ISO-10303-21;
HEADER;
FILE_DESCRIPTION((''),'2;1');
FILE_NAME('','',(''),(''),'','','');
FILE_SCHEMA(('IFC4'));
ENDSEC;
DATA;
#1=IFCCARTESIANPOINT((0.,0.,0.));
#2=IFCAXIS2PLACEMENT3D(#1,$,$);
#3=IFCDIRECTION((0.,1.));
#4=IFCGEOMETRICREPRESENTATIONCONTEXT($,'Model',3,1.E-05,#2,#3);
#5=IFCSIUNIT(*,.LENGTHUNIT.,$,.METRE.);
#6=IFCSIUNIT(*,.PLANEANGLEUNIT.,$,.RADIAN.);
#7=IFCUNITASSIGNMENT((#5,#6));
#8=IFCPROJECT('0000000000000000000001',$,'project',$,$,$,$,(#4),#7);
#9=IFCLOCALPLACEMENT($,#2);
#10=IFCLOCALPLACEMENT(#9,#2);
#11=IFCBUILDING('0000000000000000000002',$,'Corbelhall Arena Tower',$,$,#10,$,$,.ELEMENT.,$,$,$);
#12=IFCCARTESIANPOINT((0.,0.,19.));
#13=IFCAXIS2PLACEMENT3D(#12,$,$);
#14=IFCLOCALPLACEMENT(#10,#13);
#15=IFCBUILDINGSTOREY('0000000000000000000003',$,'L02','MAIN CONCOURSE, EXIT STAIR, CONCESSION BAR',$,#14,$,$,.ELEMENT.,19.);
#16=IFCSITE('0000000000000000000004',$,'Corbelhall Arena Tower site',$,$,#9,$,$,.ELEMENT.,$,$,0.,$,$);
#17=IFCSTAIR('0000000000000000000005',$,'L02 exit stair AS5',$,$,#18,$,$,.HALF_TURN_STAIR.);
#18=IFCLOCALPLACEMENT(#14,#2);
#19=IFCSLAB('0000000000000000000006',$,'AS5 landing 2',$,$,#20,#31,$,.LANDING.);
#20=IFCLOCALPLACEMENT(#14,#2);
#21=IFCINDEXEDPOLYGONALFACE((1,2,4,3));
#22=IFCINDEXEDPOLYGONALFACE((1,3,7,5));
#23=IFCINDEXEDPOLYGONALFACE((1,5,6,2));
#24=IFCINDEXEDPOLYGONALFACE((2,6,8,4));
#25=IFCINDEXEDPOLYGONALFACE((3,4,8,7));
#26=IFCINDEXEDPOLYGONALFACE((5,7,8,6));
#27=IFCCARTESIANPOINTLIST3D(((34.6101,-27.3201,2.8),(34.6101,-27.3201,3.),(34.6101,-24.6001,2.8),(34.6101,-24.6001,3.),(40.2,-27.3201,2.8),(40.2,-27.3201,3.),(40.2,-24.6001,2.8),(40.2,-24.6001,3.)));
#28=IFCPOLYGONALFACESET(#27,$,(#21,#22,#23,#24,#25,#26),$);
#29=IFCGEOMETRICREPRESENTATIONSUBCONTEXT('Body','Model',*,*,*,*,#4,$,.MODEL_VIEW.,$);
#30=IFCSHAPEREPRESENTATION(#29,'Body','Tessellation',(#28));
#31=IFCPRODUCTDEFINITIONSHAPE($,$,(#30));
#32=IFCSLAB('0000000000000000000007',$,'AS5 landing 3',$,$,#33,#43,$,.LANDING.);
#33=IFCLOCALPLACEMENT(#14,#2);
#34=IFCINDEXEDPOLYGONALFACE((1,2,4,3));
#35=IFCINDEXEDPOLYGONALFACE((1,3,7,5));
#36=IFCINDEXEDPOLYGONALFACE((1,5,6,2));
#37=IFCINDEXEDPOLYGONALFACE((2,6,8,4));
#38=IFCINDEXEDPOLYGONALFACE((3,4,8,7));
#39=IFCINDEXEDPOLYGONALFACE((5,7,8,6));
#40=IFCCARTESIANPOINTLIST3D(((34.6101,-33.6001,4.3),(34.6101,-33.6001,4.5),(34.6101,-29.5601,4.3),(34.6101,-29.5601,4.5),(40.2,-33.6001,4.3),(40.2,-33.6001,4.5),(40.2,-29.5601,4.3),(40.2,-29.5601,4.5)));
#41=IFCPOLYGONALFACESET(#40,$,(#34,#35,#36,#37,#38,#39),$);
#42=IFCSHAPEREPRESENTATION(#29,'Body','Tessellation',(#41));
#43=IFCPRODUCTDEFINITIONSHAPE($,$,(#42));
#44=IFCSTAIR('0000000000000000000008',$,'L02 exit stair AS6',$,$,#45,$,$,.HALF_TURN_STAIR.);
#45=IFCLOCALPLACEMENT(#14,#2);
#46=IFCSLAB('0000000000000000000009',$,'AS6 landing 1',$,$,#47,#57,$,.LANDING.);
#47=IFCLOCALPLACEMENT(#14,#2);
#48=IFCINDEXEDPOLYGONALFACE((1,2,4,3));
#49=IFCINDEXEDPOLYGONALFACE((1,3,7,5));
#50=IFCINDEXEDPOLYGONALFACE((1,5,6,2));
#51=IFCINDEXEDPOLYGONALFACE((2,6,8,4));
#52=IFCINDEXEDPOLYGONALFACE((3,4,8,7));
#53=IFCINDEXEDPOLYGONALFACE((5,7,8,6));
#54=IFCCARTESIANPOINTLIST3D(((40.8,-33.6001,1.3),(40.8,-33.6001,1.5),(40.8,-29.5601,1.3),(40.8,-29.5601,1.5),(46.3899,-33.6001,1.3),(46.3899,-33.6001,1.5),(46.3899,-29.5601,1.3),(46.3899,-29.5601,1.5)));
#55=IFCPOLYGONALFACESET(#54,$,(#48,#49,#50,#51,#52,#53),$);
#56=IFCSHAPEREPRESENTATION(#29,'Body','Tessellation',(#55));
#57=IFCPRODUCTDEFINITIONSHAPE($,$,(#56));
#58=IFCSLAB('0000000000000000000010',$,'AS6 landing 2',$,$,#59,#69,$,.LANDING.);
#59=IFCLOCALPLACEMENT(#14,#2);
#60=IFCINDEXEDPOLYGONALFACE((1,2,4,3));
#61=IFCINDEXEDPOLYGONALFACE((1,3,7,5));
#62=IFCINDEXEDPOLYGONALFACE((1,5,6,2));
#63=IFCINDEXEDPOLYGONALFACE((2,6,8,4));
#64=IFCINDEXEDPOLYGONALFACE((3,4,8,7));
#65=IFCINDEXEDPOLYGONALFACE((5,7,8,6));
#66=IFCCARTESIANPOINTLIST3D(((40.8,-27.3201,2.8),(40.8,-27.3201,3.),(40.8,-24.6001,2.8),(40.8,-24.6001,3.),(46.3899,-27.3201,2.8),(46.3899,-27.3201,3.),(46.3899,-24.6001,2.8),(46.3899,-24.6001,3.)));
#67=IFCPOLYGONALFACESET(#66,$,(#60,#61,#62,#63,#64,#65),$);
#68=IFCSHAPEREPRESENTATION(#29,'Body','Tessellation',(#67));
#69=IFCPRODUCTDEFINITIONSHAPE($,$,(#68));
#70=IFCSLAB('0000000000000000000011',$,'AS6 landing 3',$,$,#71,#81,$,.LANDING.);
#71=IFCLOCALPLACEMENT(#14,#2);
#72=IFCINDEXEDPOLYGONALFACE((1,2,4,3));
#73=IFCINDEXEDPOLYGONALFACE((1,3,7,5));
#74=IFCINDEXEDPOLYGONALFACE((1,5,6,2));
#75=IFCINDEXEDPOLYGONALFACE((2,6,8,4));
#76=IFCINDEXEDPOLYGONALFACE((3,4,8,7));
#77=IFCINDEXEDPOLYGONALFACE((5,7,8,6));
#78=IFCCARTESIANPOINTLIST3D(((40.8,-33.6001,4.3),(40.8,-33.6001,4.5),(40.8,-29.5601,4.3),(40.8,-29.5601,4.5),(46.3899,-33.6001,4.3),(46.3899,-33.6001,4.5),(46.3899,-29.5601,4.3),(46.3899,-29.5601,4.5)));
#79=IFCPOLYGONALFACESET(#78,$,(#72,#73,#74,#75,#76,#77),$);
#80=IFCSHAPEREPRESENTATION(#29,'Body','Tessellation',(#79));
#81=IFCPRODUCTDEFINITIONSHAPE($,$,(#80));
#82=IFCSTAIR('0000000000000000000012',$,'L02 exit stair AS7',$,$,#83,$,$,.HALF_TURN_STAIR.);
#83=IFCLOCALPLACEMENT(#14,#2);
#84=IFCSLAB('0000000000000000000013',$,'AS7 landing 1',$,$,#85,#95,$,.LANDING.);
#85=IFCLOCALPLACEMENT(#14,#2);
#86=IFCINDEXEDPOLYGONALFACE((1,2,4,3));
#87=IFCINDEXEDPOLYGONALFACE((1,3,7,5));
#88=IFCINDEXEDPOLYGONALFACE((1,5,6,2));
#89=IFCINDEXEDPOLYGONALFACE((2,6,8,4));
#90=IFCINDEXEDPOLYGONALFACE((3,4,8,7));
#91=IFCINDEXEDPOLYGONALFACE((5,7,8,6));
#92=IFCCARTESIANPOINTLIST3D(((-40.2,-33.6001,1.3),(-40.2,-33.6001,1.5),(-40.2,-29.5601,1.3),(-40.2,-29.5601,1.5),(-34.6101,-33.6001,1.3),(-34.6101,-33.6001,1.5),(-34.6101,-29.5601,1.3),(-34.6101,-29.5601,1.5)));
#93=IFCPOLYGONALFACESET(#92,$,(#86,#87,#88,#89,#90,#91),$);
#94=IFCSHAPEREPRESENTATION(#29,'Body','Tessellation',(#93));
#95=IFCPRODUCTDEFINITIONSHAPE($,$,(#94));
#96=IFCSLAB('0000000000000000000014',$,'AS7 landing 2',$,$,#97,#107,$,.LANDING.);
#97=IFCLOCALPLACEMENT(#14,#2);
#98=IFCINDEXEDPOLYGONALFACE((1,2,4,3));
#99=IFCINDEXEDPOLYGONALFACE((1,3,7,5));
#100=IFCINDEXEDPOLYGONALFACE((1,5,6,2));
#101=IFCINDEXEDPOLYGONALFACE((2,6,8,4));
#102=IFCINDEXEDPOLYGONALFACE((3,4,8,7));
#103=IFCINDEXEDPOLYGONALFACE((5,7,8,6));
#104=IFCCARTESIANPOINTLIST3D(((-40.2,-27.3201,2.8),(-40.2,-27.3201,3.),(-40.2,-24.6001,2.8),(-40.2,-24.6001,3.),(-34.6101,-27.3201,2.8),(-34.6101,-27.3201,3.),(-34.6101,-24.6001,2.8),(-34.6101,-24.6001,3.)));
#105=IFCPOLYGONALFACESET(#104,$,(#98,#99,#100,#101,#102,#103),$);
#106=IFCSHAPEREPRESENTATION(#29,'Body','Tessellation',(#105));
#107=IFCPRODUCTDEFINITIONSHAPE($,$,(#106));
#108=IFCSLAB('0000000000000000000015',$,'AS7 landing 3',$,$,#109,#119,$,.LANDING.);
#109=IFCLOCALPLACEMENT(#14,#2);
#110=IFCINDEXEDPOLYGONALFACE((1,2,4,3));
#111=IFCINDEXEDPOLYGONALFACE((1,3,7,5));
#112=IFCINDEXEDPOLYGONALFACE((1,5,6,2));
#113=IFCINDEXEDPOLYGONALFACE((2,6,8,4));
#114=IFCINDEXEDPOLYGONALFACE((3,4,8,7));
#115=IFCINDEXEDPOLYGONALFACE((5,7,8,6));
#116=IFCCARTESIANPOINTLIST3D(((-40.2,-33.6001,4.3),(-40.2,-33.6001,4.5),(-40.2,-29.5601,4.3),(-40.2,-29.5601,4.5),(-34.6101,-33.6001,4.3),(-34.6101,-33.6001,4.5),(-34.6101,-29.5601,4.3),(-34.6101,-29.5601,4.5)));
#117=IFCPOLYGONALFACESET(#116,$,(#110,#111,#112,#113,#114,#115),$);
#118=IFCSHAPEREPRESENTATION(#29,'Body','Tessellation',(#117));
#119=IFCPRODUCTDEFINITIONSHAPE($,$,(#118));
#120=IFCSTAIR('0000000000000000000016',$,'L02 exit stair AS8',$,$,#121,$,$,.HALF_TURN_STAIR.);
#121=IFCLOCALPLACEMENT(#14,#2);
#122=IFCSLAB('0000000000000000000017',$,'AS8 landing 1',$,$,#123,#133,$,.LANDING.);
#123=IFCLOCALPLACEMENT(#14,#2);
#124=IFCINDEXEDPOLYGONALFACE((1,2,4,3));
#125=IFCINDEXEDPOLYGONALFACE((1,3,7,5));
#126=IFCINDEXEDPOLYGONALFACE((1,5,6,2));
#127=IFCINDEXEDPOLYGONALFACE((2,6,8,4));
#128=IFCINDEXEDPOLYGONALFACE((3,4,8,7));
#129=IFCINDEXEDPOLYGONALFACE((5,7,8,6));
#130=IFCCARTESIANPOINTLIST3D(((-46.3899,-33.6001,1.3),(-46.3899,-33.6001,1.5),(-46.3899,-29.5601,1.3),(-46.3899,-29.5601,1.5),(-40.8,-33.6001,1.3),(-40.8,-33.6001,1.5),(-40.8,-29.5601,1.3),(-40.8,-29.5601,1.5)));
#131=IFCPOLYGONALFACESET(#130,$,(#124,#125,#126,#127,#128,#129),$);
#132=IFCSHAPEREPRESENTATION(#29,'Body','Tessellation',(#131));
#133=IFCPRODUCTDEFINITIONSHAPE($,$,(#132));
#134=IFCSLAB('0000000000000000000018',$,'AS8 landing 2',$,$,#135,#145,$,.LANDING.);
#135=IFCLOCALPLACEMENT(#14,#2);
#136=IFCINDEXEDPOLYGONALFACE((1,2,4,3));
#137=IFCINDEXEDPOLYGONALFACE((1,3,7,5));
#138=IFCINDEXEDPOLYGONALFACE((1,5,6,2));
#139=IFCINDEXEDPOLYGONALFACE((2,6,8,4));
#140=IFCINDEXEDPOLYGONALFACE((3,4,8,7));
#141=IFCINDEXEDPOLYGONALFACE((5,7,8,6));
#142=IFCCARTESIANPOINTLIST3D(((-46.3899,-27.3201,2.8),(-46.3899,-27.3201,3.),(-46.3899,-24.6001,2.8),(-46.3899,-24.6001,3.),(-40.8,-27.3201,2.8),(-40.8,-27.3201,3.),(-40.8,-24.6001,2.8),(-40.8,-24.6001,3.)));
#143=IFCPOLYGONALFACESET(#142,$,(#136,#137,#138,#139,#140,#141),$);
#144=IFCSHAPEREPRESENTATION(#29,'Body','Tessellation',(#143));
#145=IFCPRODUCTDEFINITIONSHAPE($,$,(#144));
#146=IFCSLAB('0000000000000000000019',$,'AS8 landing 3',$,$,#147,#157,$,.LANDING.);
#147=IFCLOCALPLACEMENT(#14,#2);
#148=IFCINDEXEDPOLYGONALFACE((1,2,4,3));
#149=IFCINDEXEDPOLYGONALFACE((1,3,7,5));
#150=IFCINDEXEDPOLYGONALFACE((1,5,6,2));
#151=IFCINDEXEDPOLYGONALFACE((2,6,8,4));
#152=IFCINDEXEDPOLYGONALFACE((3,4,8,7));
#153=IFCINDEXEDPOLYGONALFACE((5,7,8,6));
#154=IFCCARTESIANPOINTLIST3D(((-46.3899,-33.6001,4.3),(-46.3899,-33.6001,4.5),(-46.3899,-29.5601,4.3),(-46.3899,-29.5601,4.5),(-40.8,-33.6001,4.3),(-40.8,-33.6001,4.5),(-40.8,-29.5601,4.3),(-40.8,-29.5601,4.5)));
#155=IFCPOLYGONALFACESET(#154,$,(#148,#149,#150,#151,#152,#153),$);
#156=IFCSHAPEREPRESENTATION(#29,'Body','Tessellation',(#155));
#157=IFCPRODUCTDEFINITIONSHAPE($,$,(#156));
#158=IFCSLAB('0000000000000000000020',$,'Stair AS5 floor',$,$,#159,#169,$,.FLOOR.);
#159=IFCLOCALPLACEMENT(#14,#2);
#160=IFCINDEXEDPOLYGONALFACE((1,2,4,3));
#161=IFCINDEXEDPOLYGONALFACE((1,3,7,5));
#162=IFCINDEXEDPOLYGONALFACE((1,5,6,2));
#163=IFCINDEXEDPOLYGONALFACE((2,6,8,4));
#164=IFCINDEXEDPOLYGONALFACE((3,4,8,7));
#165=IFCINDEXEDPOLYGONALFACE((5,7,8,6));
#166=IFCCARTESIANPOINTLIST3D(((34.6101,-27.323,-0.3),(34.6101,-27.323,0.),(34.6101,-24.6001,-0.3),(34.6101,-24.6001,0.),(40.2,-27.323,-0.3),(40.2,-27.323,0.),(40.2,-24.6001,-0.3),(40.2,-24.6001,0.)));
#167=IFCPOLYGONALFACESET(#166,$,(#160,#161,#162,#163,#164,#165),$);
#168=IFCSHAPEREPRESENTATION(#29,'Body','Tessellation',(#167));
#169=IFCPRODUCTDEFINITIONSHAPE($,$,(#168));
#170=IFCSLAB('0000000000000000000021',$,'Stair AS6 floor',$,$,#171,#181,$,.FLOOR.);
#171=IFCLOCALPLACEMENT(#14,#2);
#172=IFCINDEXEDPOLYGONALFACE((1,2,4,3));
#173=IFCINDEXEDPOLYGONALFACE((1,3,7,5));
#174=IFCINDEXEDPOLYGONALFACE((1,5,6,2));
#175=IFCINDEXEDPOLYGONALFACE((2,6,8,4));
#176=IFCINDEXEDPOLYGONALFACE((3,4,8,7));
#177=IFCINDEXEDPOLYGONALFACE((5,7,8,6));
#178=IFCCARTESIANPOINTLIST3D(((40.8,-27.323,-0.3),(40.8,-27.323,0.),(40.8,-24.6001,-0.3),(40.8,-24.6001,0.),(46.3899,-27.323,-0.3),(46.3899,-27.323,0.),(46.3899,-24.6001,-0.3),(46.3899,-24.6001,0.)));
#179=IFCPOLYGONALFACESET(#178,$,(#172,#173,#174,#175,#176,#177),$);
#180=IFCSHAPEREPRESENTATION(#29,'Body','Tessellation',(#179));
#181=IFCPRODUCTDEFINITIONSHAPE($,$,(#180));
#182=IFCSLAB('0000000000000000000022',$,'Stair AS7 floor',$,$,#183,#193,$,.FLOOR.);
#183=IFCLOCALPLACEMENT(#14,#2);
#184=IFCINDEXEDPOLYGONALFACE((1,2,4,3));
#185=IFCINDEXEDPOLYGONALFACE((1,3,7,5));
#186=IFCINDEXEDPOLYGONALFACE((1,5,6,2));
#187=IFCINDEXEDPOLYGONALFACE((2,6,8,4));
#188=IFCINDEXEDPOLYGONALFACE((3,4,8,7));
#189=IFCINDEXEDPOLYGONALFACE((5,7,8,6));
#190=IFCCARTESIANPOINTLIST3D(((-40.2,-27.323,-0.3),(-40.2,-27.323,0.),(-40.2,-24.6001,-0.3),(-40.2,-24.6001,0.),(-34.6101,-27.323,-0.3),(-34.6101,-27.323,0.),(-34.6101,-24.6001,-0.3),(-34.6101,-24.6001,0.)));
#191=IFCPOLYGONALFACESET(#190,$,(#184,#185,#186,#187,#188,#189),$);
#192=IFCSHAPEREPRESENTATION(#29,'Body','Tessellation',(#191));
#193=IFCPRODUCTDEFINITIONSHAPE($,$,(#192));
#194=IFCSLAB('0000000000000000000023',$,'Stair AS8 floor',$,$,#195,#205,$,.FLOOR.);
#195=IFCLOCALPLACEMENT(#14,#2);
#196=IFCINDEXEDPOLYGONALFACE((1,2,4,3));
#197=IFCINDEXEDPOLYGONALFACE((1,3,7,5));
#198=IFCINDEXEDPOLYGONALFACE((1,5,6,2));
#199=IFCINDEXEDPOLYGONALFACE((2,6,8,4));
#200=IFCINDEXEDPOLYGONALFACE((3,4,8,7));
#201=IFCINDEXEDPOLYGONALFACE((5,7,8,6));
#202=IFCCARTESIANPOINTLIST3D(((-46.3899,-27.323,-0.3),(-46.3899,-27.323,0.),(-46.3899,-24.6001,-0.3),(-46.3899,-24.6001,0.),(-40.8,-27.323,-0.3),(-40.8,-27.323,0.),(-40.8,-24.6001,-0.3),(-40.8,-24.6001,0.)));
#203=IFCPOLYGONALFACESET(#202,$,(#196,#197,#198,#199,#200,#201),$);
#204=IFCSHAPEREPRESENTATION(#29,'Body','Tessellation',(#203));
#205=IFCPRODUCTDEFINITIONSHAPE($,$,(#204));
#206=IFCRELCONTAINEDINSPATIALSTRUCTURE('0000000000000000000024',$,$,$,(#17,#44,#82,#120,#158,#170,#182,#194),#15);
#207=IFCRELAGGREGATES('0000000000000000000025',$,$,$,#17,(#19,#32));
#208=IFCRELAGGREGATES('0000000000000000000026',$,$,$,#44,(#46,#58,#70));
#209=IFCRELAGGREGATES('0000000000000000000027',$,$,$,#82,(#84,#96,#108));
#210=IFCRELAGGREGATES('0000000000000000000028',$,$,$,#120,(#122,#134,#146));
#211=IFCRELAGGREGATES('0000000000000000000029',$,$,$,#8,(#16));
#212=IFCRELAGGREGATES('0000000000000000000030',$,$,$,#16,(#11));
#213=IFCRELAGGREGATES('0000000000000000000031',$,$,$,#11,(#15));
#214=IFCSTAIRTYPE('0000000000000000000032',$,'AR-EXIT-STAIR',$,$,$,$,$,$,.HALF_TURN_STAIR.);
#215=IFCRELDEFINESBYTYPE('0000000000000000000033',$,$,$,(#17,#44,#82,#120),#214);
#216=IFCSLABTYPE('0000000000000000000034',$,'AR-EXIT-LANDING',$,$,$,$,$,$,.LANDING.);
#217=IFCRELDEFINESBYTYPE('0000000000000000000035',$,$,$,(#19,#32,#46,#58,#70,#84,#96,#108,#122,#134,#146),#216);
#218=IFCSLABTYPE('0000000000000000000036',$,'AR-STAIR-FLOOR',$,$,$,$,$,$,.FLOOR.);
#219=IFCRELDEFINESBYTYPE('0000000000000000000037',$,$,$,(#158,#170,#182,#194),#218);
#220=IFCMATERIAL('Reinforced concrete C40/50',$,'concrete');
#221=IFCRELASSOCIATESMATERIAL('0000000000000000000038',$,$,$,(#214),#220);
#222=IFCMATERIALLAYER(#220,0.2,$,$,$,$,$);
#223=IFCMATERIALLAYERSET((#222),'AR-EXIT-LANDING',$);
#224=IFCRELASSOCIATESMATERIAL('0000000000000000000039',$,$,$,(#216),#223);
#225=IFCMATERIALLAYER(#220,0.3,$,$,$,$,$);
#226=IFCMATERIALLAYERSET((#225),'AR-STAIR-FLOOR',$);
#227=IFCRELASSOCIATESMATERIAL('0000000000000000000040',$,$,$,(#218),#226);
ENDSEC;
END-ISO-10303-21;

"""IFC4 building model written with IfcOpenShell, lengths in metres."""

from ifc_helpers import new_model, si_unit, direction, frame, origin, place, context, subcontext, project, spatial, polyline, outline, extrude, material, layer, layer_set, type_object, element, aggregate, save


model = new_model("IFC4")

# Units and contexts
model_context = context("Model", 3, precision=1e-05, world=origin(), true_north=direction((0.0, 1.0)))
body_context = subcontext(model_context, "Body", "Model", "MODEL_VIEW")
ifc_project = project(units=[si_unit("LENGTHUNIT", "METRE"), si_unit("PLANEANGLEUNIT", "RADIAN")], contexts=[model_context])

# Site, building, storey
site_placement = place(None, origin())
site = spatial("IfcSite", under=ifc_project, at=site_placement, Name="Corbelhall Arena Tower site", CompositionType="ELEMENT", RefElevation=0.0)
building_placement = place(site_placement, origin())
building = spatial("IfcBuilding", under=site, at=building_placement, Name="Corbelhall Arena Tower", CompositionType="ELEMENT")
storey_placement = place(building_placement, frame((0.0, 0.0, 19.0)))
storey = spatial("IfcBuildingStorey", under=building, at=storey_placement, Name="L02", Description="MAIN CONCOURSE, EXIT STAIR, CONCESSION BAR", CompositionType="ELEMENT", Elevation=19.0)

# Stairs, slabs
ifc_material = material(Name="Reinforced concrete C40/50", Category="concrete")
stair_type = type_object("IfcStairType", Name="AR-EXIT-STAIR", PredefinedType="HALF_TURN_STAIR", material=ifc_material)
stair_1_placement = place(storey_placement, origin())
stair_1 = element("IfcStair", 1, at=stair_1_placement, inside=storey, type_object=stair_type, Name="L02 exit stair AS5", PredefinedType="HALF_TURN_STAIR")
ifc_layer_1 = layer(ifc_material, 0.2)
ifc_layer_set_1 = layer_set([ifc_layer_1], Name="AR-EXIT-LANDING")
slab_type_1 = type_object("IfcSlabType", Name="AR-EXIT-LANDING", PredefinedType="LANDING", material=ifc_layer_set_1)
slab_1_placement = place(storey_placement, frame((0.0, 0.0, 2.8)))
slab_1 = element("IfcSlab", 2, at=slab_1_placement, type_object=slab_type_1, Name="AS5 landing 2", PredefinedType="LANDING", context=body_context, shape_type="SweptSolid", body=[
    extrude(outline(polyline([(34.6101, -24.6001), (34.6101, -27.3201), (40.2, -27.3201), (40.2, -24.6001), (34.6101, -24.6001)])), origin(), (0.0, 0.0, 1.0), 0.2),
])
slab_2_placement = place(storey_placement, frame((0.0, 0.0, 4.3)))
slab_2 = element("IfcSlab", 3, at=slab_2_placement, type_object=slab_type_1, Name="AS5 landing 3", PredefinedType="LANDING", context=body_context, shape_type="SweptSolid", body=[
    extrude(outline(polyline([(34.6101, -29.5601), (34.6101, -33.6001), (40.2, -33.6001), (40.2, -29.5601), (34.6101, -29.5601)])), origin(), (0.0, 0.0, 1.0), 0.2),
])
aggregate(stair_1, [slab_1, slab_2])
stair_2_placement = place(storey_placement, origin())
stair_2 = element("IfcStair", 4, at=stair_2_placement, inside=storey, type_object=stair_type, Name="L02 exit stair AS6", PredefinedType="HALF_TURN_STAIR")
slab_3_placement = place(storey_placement, frame((0.0, 0.0, 1.3)))
slab_3 = element("IfcSlab", 5, at=slab_3_placement, type_object=slab_type_1, Name="AS6 landing 1", PredefinedType="LANDING", context=body_context, shape_type="SweptSolid", body=[
    extrude(outline(polyline([(40.8, -29.5601), (40.8, -33.6001), (46.3899, -33.6001), (46.3899, -29.5601), (40.8, -29.5601)])), origin(), (0.0, 0.0, 1.0), 0.2),
])
slab_4_placement = place(storey_placement, frame((0.0, 0.0, 2.8)))
slab_4 = element("IfcSlab", 6, at=slab_4_placement, type_object=slab_type_1, Name="AS6 landing 2", PredefinedType="LANDING", context=body_context, shape_type="SweptSolid", body=[
    extrude(outline(polyline([(40.8, -24.6001), (40.8, -27.3201), (46.3899, -27.3201), (46.3899, -24.6001), (40.8, -24.6001)])), origin(), (0.0, 0.0, 1.0), 0.2),
])
slab_5_placement = place(storey_placement, frame((0.0, 0.0, 4.3)))
slab_5 = element("IfcSlab", 7, at=slab_5_placement, type_object=slab_type_1, Name="AS6 landing 3", PredefinedType="LANDING", context=body_context, shape_type="SweptSolid", body=[
    extrude(outline(polyline([(40.8, -29.5601), (40.8, -33.6001), (46.3899, -33.6001), (46.3899, -29.5601), (40.8, -29.5601)])), origin(), (0.0, 0.0, 1.0), 0.2),
])
aggregate(stair_2, [slab_3, slab_4, slab_5])
stair_3_placement = place(storey_placement, origin())
stair_3 = element("IfcStair", 8, at=stair_3_placement, inside=storey, type_object=stair_type, Name="L02 exit stair AS7", PredefinedType="HALF_TURN_STAIR")
slab_6_placement = place(storey_placement, frame((0.0, 0.0, 1.3)))
slab_6 = element("IfcSlab", 9, at=slab_6_placement, type_object=slab_type_1, Name="AS7 landing 1", PredefinedType="LANDING", context=body_context, shape_type="SweptSolid", body=[
    extrude(outline(polyline([(-40.2, -29.5601), (-40.2, -33.6001), (-34.6101, -33.6001), (-34.6101, -29.5601), (-40.2, -29.5601)])), origin(), (0.0, 0.0, 1.0), 0.2),
])
slab_7_placement = place(storey_placement, frame((0.0, 0.0, 2.8)))
slab_7 = element("IfcSlab", 10, at=slab_7_placement, type_object=slab_type_1, Name="AS7 landing 2", PredefinedType="LANDING", context=body_context, shape_type="SweptSolid", body=[
    extrude(outline(polyline([(-40.2, -24.6001), (-40.2, -27.3201), (-34.6101, -27.3201), (-34.6101, -24.6001), (-40.2, -24.6001)])), origin(), (0.0, 0.0, 1.0), 0.2),
])
slab_8_placement = place(storey_placement, frame((0.0, 0.0, 4.3)))
slab_8 = element("IfcSlab", 11, at=slab_8_placement, type_object=slab_type_1, Name="AS7 landing 3", PredefinedType="LANDING", context=body_context, shape_type="SweptSolid", body=[
    extrude(outline(polyline([(-40.2, -29.5601), (-40.2, -33.6001), (-34.6101, -33.6001), (-34.6101, -29.5601), (-40.2, -29.5601)])), origin(), (0.0, 0.0, 1.0), 0.2),
])
aggregate(stair_3, [slab_6, slab_7, slab_8])
stair_4_placement = place(storey_placement, origin())
stair_4 = element("IfcStair", 12, at=stair_4_placement, inside=storey, type_object=stair_type, Name="L02 exit stair AS8", PredefinedType="HALF_TURN_STAIR")
slab_9_placement = place(storey_placement, frame((0.0, 0.0, 1.3)))
slab_9 = element("IfcSlab", 13, at=slab_9_placement, type_object=slab_type_1, Name="AS8 landing 1", PredefinedType="LANDING", context=body_context, shape_type="SweptSolid", body=[
    extrude(outline(polyline([(-46.3899, -29.5601), (-46.3899, -33.6001), (-40.8, -33.6001), (-40.8, -29.5601), (-46.3899, -29.5601)])), origin(), (0.0, 0.0, 1.0), 0.2),
])
slab_10_placement = place(storey_placement, frame((0.0, 0.0, 2.8)))
slab_10 = element("IfcSlab", 14, at=slab_10_placement, type_object=slab_type_1, Name="AS8 landing 2", PredefinedType="LANDING", context=body_context, shape_type="SweptSolid", body=[
    extrude(outline(polyline([(-46.3899, -24.6001), (-46.3899, -27.3201), (-40.8, -27.3201), (-40.8, -24.6001), (-46.3899, -24.6001)])), origin(), (0.0, 0.0, 1.0), 0.2),
])
slab_11_placement = place(storey_placement, frame((0.0, 0.0, 4.3)))
slab_11 = element("IfcSlab", 15, at=slab_11_placement, type_object=slab_type_1, Name="AS8 landing 3", PredefinedType="LANDING", context=body_context, shape_type="SweptSolid", body=[
    extrude(outline(polyline([(-46.3899, -29.5601), (-46.3899, -33.6001), (-40.8, -33.6001), (-40.8, -29.5601), (-46.3899, -29.5601)])), origin(), (0.0, 0.0, 1.0), 0.2),
])
aggregate(stair_4, [slab_9, slab_10, slab_11])

# Slabs
ifc_layer_2 = layer(ifc_material, 0.3)
ifc_layer_set_2 = layer_set([ifc_layer_2], Name="AR-STAIR-FLOOR")
slab_type_2 = type_object("IfcSlabType", Name="AR-STAIR-FLOOR", PredefinedType="FLOOR", material=ifc_layer_set_2)
slab_12_placement = place(storey_placement, frame((0.0, 0.0, -0.3)))
element("IfcSlab", 16, at=slab_12_placement, inside=storey, type_object=slab_type_2, Name="Stair AS5 floor", PredefinedType="FLOOR", context=body_context, shape_type="SweptSolid", body=[
    extrude(outline(polyline([(34.6101, -24.6001), (40.2, -24.6001), (40.2, -27.323), (34.6101, -27.323), (34.6101, -24.6001)])), origin(), (0.0, 0.0, 1.0), 0.3),
])
slab_13_placement = place(storey_placement, frame((0.0, 0.0, -0.3)))
element("IfcSlab", 17, at=slab_13_placement, inside=storey, type_object=slab_type_2, Name="Stair AS6 floor", PredefinedType="FLOOR", context=body_context, shape_type="SweptSolid", body=[
    extrude(outline(polyline([(40.8, -24.6001), (46.3899, -24.6001), (46.3899, -27.323), (40.8, -27.323), (40.8, -24.6001)])), origin(), (0.0, 0.0, 1.0), 0.3),
])
slab_14_placement = place(storey_placement, frame((0.0, 0.0, -0.3)))
element("IfcSlab", 18, at=slab_14_placement, inside=storey, type_object=slab_type_2, Name="Stair AS7 floor", PredefinedType="FLOOR", context=body_context, shape_type="SweptSolid", body=[
    extrude(outline(polyline([(-40.2, -24.6001), (-34.6101, -24.6001), (-34.6101, -27.323), (-40.2, -27.323), (-40.2, -24.6001)])), origin(), (0.0, 0.0, 1.0), 0.3),
])
slab_15_placement = place(storey_placement, frame((0.0, 0.0, -0.3)))
element("IfcSlab", 19, at=slab_15_placement, inside=storey, type_object=slab_type_2, Name="Stair AS8 floor", PredefinedType="FLOOR", context=body_context, shape_type="SweptSolid", body=[
    extrude(outline(polyline([(-46.3899, -24.6001), (-40.8, -24.6001), (-40.8, -27.323), (-46.3899, -27.323), (-46.3899, -24.6001)])), origin(), (0.0, 0.0, 1.0), 0.3),
])

save(model, "model.ifc")
